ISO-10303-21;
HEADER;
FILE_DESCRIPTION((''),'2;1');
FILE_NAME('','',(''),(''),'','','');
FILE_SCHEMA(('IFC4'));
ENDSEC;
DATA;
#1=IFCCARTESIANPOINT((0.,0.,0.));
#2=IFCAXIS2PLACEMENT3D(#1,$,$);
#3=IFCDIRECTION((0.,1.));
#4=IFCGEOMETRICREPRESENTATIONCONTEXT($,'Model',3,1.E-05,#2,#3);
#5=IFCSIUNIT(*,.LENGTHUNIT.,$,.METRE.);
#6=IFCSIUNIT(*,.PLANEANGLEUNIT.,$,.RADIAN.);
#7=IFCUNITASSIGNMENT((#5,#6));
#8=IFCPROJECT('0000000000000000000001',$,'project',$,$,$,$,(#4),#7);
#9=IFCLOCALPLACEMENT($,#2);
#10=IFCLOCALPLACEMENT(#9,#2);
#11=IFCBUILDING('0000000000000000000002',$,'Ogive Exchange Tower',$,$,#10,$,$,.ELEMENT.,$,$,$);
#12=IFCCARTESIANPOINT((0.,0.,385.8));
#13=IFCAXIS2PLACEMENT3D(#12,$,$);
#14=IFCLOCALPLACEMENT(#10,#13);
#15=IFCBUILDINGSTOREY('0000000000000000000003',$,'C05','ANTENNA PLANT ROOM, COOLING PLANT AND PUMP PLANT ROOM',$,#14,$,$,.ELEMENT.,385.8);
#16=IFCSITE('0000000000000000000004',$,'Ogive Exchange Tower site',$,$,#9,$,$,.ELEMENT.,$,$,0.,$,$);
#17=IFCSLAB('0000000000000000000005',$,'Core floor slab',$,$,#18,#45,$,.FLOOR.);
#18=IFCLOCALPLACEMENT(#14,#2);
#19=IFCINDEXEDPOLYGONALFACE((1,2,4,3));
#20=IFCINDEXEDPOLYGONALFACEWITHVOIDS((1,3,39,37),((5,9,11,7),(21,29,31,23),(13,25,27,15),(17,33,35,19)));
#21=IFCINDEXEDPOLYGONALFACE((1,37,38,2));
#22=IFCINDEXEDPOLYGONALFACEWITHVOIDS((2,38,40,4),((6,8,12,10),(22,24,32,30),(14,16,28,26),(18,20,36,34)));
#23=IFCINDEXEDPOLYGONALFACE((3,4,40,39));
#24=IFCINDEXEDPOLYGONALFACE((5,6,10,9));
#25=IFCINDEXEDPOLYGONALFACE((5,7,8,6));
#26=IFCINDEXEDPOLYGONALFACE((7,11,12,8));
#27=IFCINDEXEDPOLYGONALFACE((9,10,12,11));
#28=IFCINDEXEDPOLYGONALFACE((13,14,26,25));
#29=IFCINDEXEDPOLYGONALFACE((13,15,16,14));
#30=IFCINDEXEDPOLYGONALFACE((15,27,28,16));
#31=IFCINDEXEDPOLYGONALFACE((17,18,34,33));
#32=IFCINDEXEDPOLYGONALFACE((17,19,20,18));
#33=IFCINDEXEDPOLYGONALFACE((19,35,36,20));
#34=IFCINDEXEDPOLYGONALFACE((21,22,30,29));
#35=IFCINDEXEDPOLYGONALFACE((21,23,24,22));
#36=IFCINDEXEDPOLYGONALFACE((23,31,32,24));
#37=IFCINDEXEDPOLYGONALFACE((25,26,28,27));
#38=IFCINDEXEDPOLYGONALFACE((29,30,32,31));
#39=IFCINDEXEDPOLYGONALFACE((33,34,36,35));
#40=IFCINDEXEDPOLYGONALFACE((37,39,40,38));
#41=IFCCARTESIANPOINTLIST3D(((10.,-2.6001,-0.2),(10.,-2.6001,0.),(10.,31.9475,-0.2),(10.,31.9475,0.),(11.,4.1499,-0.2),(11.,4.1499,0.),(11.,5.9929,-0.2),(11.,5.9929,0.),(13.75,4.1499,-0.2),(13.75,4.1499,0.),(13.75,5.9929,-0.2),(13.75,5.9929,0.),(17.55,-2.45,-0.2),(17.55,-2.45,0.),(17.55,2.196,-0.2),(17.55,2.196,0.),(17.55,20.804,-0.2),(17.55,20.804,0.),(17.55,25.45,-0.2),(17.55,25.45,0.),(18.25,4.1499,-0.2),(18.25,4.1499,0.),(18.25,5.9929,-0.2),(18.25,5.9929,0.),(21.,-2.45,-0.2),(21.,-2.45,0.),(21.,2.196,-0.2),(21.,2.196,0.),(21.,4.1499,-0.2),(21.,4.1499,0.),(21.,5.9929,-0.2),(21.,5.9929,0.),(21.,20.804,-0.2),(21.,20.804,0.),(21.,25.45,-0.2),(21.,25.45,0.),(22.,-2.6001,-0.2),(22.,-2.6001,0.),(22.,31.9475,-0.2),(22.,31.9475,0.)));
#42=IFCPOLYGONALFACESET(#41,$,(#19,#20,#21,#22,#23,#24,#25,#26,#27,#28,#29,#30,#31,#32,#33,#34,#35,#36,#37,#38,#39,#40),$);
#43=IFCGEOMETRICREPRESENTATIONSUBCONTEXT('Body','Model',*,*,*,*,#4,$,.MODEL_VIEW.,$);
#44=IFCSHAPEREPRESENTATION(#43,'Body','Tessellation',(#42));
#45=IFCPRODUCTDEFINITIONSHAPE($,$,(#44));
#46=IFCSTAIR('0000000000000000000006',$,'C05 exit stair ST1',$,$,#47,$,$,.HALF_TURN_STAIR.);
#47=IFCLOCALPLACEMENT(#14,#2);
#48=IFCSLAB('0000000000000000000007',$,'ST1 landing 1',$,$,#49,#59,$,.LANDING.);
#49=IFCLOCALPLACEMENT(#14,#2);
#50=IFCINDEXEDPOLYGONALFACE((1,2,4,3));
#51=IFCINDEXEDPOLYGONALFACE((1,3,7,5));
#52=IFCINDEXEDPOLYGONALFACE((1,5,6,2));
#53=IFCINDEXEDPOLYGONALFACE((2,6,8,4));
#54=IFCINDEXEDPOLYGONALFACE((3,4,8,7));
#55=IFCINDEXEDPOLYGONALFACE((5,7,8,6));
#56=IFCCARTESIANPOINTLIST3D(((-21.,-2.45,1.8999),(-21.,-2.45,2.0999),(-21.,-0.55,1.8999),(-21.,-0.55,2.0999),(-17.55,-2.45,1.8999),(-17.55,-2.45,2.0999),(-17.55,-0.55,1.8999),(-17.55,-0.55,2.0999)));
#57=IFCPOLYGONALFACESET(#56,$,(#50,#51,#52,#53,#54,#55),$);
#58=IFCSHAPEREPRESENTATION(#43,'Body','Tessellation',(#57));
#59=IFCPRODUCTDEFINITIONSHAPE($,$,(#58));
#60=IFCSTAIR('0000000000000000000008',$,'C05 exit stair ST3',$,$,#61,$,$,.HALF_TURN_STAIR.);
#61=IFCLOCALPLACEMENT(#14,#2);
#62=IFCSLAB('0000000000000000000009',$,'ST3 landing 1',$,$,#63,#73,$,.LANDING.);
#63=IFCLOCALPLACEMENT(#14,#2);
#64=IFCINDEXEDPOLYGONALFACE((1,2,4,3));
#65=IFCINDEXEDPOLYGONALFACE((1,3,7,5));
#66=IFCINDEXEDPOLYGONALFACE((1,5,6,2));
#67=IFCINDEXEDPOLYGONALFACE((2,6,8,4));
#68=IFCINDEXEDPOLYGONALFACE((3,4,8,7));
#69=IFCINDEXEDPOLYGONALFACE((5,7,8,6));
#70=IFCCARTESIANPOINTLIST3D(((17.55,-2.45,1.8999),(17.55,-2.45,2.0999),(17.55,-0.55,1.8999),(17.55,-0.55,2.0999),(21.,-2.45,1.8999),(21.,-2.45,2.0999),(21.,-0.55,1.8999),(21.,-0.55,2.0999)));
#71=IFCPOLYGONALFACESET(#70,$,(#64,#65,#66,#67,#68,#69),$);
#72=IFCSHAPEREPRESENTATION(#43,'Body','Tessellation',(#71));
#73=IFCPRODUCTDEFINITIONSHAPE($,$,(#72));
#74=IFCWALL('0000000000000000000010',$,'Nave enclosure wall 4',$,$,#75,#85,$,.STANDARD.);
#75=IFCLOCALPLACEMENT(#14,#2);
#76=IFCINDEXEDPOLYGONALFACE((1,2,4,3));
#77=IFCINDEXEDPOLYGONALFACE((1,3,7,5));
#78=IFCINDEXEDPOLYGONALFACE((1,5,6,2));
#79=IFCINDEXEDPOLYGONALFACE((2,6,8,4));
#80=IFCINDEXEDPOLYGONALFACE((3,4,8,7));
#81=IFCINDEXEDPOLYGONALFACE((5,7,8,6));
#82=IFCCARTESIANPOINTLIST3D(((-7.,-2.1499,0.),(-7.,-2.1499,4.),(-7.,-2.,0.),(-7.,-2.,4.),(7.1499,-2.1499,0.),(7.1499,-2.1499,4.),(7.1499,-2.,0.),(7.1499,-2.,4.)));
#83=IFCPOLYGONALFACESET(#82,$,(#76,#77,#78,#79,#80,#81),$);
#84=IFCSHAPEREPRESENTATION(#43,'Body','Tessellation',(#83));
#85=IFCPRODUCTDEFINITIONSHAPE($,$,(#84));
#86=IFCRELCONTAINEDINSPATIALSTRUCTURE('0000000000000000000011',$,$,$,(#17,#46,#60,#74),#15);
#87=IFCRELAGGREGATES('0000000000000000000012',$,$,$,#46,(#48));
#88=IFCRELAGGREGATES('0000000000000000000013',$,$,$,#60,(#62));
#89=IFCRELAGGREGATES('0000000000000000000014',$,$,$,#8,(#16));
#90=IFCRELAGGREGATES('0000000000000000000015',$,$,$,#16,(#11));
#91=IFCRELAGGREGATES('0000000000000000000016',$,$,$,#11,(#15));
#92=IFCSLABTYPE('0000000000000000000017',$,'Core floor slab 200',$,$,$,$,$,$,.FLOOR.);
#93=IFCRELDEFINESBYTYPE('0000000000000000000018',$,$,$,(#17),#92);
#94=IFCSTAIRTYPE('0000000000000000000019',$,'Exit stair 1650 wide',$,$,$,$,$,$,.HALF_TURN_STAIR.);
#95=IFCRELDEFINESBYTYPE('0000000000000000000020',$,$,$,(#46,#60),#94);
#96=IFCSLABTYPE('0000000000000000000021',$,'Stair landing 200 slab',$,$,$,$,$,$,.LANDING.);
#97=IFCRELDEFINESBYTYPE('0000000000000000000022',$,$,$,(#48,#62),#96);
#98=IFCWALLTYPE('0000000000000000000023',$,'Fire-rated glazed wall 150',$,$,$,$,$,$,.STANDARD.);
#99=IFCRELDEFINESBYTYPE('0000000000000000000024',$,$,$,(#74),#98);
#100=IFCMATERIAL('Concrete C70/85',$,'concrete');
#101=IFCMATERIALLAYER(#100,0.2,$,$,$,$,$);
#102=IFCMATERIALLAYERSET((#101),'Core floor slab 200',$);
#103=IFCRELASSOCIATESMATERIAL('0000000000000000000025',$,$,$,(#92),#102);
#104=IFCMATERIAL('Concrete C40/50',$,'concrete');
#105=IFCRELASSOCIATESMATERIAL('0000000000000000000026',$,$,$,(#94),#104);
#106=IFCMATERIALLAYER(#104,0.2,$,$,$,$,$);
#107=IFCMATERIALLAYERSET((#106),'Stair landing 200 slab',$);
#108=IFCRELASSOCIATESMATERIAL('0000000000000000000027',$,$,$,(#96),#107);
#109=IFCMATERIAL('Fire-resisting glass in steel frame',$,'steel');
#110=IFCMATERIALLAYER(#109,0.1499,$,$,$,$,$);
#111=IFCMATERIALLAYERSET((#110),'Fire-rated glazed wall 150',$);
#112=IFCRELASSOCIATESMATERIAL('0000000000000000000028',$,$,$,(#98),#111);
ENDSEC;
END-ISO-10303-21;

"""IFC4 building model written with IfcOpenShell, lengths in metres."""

from ifc_helpers import new_model, si_unit, direction, frame, frame_2d, origin, place, context, subcontext, project, spatial, polyline, rectangle, outline, extrude, material, layer, layer_set, type_object, element, aggregate, save


model = new_model("IFC4")

# Units and contexts
model_context = context("Model", 3, precision=1e-05, world=origin(), true_north=direction((0.0, 1.0)))
body_context = subcontext(model_context, "Body", "Model", "MODEL_VIEW")
ifc_project = project(units=[si_unit("LENGTHUNIT", "METRE"), si_unit("PLANEANGLEUNIT", "RADIAN")], contexts=[model_context])

# Site, building, storey
site_placement = place(None, origin())
site = spatial("IfcSite", under=ifc_project, at=site_placement, Name="Ogive Exchange Tower site", CompositionType="ELEMENT", RefElevation=0.0)
building_placement = place(site_placement, origin())
building = spatial("IfcBuilding", under=site, at=building_placement, Name="Ogive Exchange Tower", CompositionType="ELEMENT")
storey_placement = place(building_placement, frame((0.0, 0.0, 385.8)))
storey = spatial("IfcBuildingStorey", under=building, at=storey_placement, Name="C05", Description="ANTENNA PLANT ROOM, COOLING PLANT AND PUMP PLANT ROOM", CompositionType="ELEMENT", Elevation=385.8)

# Slab
ifc_material_1 = material(Name="Concrete C70/85", Category="concrete")
ifc_layer_1 = layer(ifc_material_1, 0.2)
ifc_layer_set_1 = layer_set([ifc_layer_1], Name="Core floor slab 200")
slab_type_1 = type_object("IfcSlabType", Name="Core floor slab 200", PredefinedType="FLOOR", material=ifc_layer_set_1)
slab_1_placement = place(storey_placement, frame((0.0, 0.0, -0.2)))
element("IfcSlab", 1, at=slab_1_placement, inside=storey, type_object=slab_type_1, Name="Core floor slab", PredefinedType="FLOOR", context=body_context, shape_type="SweptSolid", body=[
    extrude(outline(polyline([(10.0, -2.6001), (10.0, 31.9475), (22.0, 31.9475), (22.0, -2.6001), (10.0, -2.6001)]), holes=[polyline([(21.0, 2.196), (17.55, 2.196), (17.55, -2.45), (21.0, -2.45), (21.0, 2.196)]), polyline([(11.0, 5.9929), (11.0, 4.1499), (13.75, 4.1499), (13.75, 5.9929), (11.0, 5.9929)]), polyline([(18.25, 5.9929), (18.25, 4.1499), (21.0, 4.1499), (21.0, 5.9929), (18.25, 5.9929)]), polyline([(17.55, 20.804), (21.0, 20.804), (21.0, 25.45), (17.55, 25.45), (17.55, 20.804)])]), origin(), (0.0, 0.0, 1.0), 0.2),
])

# Stairs, slabs
ifc_material_2 = material(Name="Concrete C40/50", Category="concrete")
stair_type = type_object("IfcStairType", Name="Exit stair 1650 wide", PredefinedType="HALF_TURN_STAIR", material=ifc_material_2)
stair_1_placement = place(storey_placement, origin())
stair_1 = element("IfcStair", 2, at=stair_1_placement, inside=storey, type_object=stair_type, Name="C05 exit stair ST1", PredefinedType="HALF_TURN_STAIR")
ifc_layer_2 = layer(ifc_material_2, 0.2)
ifc_layer_set_2 = layer_set([ifc_layer_2], Name="Stair landing 200 slab")
slab_type_2 = type_object("IfcSlabType", Name="Stair landing 200 slab", PredefinedType="LANDING", material=ifc_layer_set_2)
slab_2_placement = place(storey_placement, frame((0.0, 0.0, 1.8999)))
slab_2 = element("IfcSlab", 3, at=slab_2_placement, type_object=slab_type_2, Name="ST1 landing 1", PredefinedType="LANDING", context=body_context, shape_type="SweptSolid", body=[
    extrude(outline(polyline([(-21.0, -0.55), (-21.0, -2.45), (-17.55, -2.45), (-17.55, -0.55), (-21.0, -0.55)])), origin(), (0.0, 0.0, 1.0), 0.2),
])
aggregate(stair_1, [slab_2])
stair_2_placement = place(storey_placement, origin())
stair_2 = element("IfcStair", 4, at=stair_2_placement, inside=storey, type_object=stair_type, Name="C05 exit stair ST3", PredefinedType="HALF_TURN_STAIR")
slab_3_placement = place(storey_placement, frame((0.0, 0.0, 1.8999)))
slab_3 = element("IfcSlab", 5, at=slab_3_placement, type_object=slab_type_2, Name="ST3 landing 1", PredefinedType="LANDING", context=body_context, shape_type="SweptSolid", body=[
    extrude(outline(polyline([(17.55, -0.55), (17.55, -2.45), (21.0, -2.45), (21.0, -0.55), (17.55, -0.55)])), origin(), (0.0, 0.0, 1.0), 0.2),
])
aggregate(stair_2, [slab_3])

# Wall
ifc_material_3 = material(Name="Fire-resisting glass in steel frame", Category="steel")
ifc_layer_3 = layer(ifc_material_3, 0.1499)
ifc_layer_set_3 = layer_set([ifc_layer_3], Name="Fire-rated glazed wall 150")
wall_type_1 = type_object("IfcWallType", Name="Fire-rated glazed wall 150", PredefinedType="STANDARD", material=ifc_layer_set_3)
wall_1_placement = place(storey_placement, frame((7.1499, -2.075, 0.0), z_axis=(0.0, 0.0, 1.0), x_axis=(-1.0, 0.0, 0.0)))
element("IfcWall", 6, at=wall_1_placement, inside=storey, type_object=wall_type_1, Name="Nave enclosure wall 4", PredefinedType="STANDARD", context=body_context, shape_type="SweptSolid", body=[
    extrude(rectangle(XDim=14.1499, YDim=0.1499, at=frame_2d((7.075, 0.0))), origin(), (0.0, 0.0, 1.0), 4.0),
])

save(model, "model.ifc")
